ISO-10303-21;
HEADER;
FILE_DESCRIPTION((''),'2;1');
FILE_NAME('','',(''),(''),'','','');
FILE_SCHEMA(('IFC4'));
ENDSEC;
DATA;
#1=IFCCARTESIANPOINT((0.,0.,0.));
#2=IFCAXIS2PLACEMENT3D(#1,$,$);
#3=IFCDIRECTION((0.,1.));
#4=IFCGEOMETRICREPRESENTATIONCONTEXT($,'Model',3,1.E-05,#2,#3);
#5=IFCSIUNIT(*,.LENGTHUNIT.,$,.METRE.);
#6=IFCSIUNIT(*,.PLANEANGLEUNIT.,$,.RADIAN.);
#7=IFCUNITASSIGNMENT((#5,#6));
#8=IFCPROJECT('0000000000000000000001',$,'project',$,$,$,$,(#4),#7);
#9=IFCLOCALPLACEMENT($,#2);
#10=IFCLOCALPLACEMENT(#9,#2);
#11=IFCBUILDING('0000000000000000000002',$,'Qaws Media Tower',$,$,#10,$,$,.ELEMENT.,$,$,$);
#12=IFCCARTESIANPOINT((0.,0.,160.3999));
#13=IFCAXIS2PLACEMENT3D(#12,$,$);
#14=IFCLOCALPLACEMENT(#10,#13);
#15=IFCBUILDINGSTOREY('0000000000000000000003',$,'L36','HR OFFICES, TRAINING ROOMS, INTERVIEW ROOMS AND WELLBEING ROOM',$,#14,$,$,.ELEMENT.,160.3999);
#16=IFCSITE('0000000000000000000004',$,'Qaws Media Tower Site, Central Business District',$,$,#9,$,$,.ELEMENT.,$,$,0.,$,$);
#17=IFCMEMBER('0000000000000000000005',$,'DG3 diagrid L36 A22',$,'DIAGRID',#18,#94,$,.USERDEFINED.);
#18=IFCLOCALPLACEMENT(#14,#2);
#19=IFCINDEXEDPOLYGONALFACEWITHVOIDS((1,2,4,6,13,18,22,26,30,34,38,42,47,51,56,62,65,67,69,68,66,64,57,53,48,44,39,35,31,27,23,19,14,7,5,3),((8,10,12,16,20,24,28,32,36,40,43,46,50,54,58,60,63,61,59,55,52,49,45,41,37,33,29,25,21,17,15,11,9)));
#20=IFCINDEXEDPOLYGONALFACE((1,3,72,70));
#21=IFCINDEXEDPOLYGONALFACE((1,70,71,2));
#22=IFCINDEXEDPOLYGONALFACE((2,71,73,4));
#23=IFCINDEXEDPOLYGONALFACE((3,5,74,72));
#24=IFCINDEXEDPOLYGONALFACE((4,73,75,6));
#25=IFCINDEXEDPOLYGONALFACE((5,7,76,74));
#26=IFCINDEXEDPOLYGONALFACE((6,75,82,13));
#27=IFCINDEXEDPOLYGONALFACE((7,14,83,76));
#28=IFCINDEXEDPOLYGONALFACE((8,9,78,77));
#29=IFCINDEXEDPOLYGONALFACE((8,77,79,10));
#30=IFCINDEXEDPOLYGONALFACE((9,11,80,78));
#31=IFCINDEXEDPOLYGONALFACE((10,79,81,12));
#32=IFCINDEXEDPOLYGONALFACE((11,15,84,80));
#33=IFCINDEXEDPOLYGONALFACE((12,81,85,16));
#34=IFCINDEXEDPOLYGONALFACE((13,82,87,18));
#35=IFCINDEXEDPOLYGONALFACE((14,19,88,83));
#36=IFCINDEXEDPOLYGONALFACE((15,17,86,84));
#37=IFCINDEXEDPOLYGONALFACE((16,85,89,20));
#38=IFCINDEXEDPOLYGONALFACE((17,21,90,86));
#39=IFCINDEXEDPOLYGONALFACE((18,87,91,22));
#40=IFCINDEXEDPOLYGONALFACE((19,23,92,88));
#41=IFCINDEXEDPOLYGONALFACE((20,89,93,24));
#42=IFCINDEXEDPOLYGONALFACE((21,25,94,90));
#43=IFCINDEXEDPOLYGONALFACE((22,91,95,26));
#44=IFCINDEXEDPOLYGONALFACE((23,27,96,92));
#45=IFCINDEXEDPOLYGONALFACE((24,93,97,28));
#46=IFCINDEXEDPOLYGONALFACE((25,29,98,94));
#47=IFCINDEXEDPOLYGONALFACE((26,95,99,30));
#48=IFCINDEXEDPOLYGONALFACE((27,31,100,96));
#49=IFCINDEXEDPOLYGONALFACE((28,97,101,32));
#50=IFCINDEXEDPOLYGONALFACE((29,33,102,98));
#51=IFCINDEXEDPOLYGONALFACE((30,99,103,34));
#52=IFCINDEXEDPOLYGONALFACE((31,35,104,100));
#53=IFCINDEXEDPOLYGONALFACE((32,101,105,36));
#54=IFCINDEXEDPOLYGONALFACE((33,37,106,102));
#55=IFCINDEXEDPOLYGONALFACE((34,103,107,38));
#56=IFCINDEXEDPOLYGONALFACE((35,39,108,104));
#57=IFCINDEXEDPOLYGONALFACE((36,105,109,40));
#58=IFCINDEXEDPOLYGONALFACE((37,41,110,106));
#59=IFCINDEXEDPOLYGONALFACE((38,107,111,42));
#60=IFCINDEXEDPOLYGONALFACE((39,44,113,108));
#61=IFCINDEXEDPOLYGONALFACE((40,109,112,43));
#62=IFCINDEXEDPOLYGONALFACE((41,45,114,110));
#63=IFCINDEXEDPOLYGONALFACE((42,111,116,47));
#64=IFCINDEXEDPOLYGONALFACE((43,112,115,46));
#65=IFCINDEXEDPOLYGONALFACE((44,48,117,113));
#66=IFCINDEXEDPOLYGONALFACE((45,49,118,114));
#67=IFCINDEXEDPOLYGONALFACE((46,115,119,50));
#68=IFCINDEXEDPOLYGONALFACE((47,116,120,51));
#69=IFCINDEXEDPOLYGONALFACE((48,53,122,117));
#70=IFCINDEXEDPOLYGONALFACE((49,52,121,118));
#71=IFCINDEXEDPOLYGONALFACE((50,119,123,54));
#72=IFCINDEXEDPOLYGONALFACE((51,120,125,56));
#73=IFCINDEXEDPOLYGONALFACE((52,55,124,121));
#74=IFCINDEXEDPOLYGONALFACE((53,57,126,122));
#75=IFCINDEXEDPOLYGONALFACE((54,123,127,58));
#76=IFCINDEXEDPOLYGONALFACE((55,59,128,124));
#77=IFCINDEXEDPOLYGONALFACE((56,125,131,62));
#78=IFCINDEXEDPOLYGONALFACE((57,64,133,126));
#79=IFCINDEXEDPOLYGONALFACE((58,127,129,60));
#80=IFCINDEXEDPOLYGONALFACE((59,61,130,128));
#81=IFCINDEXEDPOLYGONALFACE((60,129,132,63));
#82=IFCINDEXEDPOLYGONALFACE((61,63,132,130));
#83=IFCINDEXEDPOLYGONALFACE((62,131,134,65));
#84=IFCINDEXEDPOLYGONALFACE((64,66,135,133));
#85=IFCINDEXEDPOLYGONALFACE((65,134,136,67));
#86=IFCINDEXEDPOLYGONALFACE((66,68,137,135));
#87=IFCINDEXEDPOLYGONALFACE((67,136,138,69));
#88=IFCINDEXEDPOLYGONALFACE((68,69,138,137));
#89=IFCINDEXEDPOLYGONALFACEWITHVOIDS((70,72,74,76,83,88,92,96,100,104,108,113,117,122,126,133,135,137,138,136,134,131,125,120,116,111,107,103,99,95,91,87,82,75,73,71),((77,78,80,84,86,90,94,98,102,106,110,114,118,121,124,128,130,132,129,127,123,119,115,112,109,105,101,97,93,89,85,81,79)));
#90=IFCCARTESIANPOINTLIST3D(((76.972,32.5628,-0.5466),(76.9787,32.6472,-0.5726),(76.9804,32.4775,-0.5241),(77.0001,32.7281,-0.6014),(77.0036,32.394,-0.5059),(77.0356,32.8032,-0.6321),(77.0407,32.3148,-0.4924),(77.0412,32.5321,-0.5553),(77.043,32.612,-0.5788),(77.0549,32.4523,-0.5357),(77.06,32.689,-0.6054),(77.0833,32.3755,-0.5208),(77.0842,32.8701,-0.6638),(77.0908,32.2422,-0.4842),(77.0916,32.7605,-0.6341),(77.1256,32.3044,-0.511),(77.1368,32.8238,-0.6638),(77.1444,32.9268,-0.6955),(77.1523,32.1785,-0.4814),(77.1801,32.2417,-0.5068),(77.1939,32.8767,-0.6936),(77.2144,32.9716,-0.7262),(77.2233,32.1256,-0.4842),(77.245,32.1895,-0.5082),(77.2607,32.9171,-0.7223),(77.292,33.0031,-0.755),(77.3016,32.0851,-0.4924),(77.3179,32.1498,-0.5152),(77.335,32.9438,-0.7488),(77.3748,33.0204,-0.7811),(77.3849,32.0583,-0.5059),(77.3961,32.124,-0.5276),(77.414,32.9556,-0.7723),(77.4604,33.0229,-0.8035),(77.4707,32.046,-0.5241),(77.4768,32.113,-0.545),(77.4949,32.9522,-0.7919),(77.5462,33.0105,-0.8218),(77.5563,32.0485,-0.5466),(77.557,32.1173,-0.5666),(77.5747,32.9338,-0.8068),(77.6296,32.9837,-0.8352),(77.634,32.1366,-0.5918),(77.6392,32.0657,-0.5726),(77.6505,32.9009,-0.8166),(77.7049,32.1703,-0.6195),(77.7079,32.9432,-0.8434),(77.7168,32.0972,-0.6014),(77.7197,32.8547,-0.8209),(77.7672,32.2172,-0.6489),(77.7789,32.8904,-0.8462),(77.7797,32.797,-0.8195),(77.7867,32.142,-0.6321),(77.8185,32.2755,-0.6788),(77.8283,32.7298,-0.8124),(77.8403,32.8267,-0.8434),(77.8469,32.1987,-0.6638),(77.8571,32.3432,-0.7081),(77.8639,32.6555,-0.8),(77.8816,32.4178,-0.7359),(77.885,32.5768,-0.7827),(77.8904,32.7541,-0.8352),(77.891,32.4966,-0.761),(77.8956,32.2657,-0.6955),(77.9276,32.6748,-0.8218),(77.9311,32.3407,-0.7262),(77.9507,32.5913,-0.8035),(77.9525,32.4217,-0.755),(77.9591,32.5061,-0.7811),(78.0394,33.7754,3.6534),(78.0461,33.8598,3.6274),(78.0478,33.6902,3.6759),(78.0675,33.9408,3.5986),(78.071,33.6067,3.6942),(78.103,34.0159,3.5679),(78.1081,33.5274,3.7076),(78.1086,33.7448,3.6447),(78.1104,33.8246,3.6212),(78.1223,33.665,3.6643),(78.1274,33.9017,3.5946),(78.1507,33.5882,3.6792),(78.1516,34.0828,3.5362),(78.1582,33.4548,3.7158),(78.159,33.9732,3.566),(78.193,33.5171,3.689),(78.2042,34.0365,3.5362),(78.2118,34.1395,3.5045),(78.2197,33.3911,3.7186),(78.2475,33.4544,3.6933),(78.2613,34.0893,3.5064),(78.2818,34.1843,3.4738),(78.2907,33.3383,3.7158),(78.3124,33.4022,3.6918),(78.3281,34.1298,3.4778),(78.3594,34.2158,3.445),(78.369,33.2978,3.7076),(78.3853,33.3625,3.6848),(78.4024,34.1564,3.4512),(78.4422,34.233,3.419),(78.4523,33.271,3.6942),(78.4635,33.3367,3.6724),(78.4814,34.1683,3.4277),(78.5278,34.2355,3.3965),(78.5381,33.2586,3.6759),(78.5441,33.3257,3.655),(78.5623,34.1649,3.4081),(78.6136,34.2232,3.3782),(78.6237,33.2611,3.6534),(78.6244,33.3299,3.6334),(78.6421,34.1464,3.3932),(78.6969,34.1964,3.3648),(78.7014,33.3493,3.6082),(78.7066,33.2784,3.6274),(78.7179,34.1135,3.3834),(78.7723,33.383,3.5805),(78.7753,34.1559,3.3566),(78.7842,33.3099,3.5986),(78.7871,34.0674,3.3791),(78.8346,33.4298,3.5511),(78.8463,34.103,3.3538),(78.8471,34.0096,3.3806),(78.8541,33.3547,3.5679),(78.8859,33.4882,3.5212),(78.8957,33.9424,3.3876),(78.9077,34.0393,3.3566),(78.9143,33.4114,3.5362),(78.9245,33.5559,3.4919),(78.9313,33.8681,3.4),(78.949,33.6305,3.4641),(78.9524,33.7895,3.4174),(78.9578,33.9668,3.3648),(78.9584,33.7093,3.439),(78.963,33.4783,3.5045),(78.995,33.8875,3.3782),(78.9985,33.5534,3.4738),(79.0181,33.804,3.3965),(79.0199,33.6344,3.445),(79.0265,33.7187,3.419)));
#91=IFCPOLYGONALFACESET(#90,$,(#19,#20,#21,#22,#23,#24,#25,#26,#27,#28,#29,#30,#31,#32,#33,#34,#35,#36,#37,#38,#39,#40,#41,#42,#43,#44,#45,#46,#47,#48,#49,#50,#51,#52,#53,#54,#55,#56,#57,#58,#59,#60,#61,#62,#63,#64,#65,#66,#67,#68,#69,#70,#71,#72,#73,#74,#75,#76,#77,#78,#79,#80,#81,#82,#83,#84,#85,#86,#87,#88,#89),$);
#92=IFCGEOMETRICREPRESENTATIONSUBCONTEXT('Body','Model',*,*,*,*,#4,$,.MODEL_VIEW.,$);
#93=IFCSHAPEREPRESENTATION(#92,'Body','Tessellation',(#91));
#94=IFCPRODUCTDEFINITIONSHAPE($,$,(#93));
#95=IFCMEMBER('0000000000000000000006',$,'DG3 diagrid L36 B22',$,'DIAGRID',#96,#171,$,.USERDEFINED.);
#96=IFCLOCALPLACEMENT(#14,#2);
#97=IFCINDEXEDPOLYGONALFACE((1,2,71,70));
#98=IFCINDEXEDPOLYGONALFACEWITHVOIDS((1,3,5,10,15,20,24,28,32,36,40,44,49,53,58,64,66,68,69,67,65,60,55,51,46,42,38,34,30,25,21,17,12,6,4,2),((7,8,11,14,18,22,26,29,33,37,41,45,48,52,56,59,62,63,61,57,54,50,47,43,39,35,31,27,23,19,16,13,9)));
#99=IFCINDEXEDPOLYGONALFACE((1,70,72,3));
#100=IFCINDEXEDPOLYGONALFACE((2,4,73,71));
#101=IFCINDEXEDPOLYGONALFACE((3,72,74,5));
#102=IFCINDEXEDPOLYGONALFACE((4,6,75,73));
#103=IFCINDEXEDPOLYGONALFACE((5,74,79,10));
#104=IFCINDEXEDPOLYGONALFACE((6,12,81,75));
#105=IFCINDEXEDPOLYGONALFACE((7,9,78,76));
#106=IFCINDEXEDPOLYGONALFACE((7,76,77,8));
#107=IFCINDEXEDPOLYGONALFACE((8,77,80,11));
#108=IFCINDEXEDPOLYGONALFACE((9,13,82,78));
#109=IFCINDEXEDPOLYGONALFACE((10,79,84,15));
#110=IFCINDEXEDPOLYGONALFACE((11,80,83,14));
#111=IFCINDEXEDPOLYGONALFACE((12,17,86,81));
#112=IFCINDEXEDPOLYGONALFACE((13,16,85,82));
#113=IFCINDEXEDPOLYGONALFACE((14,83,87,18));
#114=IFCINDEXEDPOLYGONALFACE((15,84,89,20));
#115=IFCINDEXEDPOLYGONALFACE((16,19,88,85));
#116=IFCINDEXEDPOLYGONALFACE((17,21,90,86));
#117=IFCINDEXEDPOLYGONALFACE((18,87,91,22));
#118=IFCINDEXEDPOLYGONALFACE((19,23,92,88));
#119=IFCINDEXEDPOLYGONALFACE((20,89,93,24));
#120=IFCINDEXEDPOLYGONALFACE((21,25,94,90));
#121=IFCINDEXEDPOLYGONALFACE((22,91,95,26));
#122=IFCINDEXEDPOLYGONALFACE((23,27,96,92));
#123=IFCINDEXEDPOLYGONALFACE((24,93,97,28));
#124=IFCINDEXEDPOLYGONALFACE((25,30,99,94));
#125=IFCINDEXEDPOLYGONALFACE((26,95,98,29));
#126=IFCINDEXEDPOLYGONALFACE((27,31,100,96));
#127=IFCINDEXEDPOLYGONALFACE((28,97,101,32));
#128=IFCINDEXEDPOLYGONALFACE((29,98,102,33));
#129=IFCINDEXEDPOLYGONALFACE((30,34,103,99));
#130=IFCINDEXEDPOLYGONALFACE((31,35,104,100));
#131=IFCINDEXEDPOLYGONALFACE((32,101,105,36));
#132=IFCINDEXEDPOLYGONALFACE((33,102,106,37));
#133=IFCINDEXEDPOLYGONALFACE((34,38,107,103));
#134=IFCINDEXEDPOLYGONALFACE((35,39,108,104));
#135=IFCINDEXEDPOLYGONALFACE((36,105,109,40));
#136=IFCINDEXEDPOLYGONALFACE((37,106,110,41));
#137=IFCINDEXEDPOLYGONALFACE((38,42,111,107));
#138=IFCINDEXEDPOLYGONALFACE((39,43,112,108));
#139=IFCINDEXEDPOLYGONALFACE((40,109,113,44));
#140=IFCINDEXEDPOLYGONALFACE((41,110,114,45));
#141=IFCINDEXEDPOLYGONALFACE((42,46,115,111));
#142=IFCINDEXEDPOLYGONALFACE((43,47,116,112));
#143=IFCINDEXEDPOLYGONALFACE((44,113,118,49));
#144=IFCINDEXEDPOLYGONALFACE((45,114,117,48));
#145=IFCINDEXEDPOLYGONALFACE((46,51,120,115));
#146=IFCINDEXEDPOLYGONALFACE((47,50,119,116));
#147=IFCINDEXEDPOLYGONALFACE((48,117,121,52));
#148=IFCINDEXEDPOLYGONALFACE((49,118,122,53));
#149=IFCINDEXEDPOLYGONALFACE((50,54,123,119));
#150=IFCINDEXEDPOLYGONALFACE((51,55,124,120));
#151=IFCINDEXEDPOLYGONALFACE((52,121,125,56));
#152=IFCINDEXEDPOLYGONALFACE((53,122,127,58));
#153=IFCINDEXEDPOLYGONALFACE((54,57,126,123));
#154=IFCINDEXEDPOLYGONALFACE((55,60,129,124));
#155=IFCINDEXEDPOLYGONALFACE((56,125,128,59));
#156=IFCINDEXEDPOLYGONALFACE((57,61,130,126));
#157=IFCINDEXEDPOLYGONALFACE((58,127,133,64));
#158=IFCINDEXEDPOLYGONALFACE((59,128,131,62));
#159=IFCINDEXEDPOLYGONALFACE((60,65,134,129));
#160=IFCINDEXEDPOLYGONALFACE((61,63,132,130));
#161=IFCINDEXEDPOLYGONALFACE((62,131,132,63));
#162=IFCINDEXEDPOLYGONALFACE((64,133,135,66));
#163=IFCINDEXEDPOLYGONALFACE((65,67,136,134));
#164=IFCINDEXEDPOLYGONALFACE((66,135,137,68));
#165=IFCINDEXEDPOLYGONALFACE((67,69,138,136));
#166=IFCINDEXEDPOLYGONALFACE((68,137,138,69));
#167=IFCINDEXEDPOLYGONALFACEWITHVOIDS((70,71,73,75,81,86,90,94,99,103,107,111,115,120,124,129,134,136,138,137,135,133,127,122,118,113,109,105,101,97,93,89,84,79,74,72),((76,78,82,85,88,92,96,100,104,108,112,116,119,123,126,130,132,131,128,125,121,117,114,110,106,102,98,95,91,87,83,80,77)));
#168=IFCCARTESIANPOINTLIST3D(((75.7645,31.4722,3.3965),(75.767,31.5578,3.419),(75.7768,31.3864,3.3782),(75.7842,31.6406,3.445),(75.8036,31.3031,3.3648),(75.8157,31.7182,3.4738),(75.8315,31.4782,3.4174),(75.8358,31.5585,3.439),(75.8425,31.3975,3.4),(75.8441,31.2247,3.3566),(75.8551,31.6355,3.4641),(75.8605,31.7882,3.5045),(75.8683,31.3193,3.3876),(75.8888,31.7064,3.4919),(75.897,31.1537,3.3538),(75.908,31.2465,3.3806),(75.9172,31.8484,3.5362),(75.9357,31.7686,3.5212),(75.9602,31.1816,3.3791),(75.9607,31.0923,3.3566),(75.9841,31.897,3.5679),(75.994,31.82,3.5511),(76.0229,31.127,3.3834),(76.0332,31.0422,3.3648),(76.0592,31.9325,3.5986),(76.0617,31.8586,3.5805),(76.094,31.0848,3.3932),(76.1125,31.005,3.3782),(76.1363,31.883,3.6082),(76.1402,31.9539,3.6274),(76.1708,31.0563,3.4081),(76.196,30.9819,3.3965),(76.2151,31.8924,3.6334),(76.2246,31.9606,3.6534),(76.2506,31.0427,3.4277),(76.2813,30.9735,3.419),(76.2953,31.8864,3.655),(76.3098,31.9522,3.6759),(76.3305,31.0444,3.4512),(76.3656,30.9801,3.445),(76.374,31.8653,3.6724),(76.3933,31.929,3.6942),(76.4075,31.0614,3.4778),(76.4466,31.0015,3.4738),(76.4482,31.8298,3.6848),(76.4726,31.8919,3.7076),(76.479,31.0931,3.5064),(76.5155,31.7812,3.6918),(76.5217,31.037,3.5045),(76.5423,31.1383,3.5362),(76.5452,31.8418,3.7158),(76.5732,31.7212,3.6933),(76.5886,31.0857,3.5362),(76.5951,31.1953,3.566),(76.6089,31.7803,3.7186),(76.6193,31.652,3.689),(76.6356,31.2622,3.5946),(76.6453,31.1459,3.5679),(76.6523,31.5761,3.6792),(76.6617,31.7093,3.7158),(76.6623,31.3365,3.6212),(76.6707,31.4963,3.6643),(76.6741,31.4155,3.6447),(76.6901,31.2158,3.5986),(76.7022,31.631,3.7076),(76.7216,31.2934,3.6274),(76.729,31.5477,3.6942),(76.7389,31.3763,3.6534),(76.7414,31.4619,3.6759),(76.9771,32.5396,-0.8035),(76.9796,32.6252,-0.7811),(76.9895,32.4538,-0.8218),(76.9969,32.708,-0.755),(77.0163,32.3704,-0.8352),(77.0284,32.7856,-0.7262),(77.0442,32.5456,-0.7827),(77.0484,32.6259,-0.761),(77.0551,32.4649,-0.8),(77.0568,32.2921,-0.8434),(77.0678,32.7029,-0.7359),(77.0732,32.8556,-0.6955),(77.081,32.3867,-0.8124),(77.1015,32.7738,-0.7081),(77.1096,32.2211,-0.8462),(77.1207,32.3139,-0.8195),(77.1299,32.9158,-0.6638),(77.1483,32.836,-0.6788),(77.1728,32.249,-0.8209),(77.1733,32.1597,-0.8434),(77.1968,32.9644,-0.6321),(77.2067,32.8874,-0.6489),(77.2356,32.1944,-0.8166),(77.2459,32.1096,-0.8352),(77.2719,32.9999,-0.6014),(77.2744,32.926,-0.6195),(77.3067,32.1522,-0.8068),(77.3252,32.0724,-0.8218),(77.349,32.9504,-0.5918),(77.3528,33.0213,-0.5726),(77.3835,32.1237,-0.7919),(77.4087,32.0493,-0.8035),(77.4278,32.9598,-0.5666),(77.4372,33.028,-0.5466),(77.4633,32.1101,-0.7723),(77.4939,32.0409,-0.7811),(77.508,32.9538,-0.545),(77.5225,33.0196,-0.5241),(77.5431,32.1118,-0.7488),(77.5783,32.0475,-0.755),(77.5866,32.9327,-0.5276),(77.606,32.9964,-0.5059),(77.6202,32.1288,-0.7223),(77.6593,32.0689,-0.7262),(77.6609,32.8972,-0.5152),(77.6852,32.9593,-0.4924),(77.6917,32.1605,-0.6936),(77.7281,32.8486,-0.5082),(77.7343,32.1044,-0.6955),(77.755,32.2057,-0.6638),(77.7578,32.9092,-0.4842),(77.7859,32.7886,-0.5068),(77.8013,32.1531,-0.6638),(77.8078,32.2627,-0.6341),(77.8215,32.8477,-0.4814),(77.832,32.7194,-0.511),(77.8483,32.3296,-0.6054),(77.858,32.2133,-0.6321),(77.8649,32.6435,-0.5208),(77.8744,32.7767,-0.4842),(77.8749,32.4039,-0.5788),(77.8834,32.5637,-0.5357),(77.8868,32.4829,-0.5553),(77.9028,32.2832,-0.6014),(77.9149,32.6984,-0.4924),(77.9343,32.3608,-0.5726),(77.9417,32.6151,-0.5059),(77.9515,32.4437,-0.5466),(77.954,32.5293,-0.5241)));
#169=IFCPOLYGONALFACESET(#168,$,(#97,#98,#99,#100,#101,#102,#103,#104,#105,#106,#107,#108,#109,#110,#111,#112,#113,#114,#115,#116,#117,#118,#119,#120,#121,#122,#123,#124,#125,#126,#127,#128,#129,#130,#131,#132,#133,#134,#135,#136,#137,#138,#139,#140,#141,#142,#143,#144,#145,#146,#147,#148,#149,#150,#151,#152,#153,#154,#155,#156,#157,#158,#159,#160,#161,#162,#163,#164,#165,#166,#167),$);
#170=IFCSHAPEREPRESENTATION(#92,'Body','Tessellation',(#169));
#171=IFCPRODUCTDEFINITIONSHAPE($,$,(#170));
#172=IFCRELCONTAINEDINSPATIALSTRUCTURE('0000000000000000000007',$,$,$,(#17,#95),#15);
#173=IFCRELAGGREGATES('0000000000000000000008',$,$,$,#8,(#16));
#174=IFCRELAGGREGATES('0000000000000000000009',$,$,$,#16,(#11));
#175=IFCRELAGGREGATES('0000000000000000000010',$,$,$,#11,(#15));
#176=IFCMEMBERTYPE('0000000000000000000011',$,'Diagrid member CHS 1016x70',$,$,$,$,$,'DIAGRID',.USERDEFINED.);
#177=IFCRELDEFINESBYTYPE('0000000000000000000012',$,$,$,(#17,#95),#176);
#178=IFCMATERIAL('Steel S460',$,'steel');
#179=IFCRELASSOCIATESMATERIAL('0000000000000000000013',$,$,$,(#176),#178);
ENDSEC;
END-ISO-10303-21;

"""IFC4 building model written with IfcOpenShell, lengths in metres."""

from ifc_helpers import new_model, si_unit, direction, frame, origin, origin_2d, place, context, subcontext, project, spatial, hollow_circle, extrude, material, material_profile, profile_set, type_object, element, save


model = new_model("IFC4")

# Units and contexts
model_context = context("Model", 3, precision=1e-05, world=origin(), true_north=direction((0.0, 1.0)))
body_context = subcontext(model_context, "Body", "Model", "MODEL_VIEW")
ifc_project = project(units=[si_unit("LENGTHUNIT", "METRE"), si_unit("PLANEANGLEUNIT", "RADIAN")], contexts=[model_context])

# Site, building, storey
site_placement = place(None, origin())
site = spatial("IfcSite", under=ifc_project, at=site_placement, Name="Qaws Media Tower Site, Central Business District", CompositionType="ELEMENT", RefElevation=0.0)
building_placement = place(site_placement, origin())
building = spatial("IfcBuilding", under=site, at=building_placement, Name="Qaws Media Tower", CompositionType="ELEMENT")
storey_placement = place(building_placement, frame((0.0, 0.0, 160.3999)))
storey = spatial("IfcBuildingStorey", under=building, at=storey_placement, Name="L36", Description="HR OFFICES, TRAINING ROOMS, INTERVIEW ROOMS AND WELLBEING ROOM", CompositionType="ELEMENT", Elevation=160.3999)

# Members
ifc_material_1 = material(Name="Steel S460", Category="steel")
ifc_material_profile_1 = material_profile(ifc_material_1, hollow_circle(Radius=0.5081, WallThickness=0.0701, at=origin_2d()), Name="CHS 1016x70")
ifc_profile_set_1 = profile_set([ifc_material_profile_1], Name="Steel S460")
member_type_1 = type_object("IfcMemberType", Name="Diagrid member CHS 1016x70", ElementType="DIAGRID", PredefinedType="USERDEFINED", material=ifc_profile_set_1)
for number, where, z_axis, x_axis, name in (
    (1, (77.4656, 32.5344, -0.6638), (0.2372, 0.269481, 0.933336), (-0.750636, 0.660716, 0.0), "DG3 diagrid L36 A22"),
    (2, (77.4656, 32.5344, -0.6638), (-0.269481, -0.2372, 0.933336), (0.660716, -0.750636, 0.0), "DG3 diagrid L36 B22"),
):
    element("IfcMember", number, at=place(storey_placement, frame(where, z_axis=z_axis, x_axis=x_axis)), inside=storey, type_object=member_type_1, Name=name, ObjectType="DIAGRID", PredefinedType="USERDEFINED", context=body_context, shape_type="SweptSolid", body=[
        extrude(hollow_circle(Radius=0.5081, WallThickness=0.0701, at=origin_2d()), origin(), (0.0, 0.0, 1.0), 4.5),
    ])

save(model, "model.ifc")
